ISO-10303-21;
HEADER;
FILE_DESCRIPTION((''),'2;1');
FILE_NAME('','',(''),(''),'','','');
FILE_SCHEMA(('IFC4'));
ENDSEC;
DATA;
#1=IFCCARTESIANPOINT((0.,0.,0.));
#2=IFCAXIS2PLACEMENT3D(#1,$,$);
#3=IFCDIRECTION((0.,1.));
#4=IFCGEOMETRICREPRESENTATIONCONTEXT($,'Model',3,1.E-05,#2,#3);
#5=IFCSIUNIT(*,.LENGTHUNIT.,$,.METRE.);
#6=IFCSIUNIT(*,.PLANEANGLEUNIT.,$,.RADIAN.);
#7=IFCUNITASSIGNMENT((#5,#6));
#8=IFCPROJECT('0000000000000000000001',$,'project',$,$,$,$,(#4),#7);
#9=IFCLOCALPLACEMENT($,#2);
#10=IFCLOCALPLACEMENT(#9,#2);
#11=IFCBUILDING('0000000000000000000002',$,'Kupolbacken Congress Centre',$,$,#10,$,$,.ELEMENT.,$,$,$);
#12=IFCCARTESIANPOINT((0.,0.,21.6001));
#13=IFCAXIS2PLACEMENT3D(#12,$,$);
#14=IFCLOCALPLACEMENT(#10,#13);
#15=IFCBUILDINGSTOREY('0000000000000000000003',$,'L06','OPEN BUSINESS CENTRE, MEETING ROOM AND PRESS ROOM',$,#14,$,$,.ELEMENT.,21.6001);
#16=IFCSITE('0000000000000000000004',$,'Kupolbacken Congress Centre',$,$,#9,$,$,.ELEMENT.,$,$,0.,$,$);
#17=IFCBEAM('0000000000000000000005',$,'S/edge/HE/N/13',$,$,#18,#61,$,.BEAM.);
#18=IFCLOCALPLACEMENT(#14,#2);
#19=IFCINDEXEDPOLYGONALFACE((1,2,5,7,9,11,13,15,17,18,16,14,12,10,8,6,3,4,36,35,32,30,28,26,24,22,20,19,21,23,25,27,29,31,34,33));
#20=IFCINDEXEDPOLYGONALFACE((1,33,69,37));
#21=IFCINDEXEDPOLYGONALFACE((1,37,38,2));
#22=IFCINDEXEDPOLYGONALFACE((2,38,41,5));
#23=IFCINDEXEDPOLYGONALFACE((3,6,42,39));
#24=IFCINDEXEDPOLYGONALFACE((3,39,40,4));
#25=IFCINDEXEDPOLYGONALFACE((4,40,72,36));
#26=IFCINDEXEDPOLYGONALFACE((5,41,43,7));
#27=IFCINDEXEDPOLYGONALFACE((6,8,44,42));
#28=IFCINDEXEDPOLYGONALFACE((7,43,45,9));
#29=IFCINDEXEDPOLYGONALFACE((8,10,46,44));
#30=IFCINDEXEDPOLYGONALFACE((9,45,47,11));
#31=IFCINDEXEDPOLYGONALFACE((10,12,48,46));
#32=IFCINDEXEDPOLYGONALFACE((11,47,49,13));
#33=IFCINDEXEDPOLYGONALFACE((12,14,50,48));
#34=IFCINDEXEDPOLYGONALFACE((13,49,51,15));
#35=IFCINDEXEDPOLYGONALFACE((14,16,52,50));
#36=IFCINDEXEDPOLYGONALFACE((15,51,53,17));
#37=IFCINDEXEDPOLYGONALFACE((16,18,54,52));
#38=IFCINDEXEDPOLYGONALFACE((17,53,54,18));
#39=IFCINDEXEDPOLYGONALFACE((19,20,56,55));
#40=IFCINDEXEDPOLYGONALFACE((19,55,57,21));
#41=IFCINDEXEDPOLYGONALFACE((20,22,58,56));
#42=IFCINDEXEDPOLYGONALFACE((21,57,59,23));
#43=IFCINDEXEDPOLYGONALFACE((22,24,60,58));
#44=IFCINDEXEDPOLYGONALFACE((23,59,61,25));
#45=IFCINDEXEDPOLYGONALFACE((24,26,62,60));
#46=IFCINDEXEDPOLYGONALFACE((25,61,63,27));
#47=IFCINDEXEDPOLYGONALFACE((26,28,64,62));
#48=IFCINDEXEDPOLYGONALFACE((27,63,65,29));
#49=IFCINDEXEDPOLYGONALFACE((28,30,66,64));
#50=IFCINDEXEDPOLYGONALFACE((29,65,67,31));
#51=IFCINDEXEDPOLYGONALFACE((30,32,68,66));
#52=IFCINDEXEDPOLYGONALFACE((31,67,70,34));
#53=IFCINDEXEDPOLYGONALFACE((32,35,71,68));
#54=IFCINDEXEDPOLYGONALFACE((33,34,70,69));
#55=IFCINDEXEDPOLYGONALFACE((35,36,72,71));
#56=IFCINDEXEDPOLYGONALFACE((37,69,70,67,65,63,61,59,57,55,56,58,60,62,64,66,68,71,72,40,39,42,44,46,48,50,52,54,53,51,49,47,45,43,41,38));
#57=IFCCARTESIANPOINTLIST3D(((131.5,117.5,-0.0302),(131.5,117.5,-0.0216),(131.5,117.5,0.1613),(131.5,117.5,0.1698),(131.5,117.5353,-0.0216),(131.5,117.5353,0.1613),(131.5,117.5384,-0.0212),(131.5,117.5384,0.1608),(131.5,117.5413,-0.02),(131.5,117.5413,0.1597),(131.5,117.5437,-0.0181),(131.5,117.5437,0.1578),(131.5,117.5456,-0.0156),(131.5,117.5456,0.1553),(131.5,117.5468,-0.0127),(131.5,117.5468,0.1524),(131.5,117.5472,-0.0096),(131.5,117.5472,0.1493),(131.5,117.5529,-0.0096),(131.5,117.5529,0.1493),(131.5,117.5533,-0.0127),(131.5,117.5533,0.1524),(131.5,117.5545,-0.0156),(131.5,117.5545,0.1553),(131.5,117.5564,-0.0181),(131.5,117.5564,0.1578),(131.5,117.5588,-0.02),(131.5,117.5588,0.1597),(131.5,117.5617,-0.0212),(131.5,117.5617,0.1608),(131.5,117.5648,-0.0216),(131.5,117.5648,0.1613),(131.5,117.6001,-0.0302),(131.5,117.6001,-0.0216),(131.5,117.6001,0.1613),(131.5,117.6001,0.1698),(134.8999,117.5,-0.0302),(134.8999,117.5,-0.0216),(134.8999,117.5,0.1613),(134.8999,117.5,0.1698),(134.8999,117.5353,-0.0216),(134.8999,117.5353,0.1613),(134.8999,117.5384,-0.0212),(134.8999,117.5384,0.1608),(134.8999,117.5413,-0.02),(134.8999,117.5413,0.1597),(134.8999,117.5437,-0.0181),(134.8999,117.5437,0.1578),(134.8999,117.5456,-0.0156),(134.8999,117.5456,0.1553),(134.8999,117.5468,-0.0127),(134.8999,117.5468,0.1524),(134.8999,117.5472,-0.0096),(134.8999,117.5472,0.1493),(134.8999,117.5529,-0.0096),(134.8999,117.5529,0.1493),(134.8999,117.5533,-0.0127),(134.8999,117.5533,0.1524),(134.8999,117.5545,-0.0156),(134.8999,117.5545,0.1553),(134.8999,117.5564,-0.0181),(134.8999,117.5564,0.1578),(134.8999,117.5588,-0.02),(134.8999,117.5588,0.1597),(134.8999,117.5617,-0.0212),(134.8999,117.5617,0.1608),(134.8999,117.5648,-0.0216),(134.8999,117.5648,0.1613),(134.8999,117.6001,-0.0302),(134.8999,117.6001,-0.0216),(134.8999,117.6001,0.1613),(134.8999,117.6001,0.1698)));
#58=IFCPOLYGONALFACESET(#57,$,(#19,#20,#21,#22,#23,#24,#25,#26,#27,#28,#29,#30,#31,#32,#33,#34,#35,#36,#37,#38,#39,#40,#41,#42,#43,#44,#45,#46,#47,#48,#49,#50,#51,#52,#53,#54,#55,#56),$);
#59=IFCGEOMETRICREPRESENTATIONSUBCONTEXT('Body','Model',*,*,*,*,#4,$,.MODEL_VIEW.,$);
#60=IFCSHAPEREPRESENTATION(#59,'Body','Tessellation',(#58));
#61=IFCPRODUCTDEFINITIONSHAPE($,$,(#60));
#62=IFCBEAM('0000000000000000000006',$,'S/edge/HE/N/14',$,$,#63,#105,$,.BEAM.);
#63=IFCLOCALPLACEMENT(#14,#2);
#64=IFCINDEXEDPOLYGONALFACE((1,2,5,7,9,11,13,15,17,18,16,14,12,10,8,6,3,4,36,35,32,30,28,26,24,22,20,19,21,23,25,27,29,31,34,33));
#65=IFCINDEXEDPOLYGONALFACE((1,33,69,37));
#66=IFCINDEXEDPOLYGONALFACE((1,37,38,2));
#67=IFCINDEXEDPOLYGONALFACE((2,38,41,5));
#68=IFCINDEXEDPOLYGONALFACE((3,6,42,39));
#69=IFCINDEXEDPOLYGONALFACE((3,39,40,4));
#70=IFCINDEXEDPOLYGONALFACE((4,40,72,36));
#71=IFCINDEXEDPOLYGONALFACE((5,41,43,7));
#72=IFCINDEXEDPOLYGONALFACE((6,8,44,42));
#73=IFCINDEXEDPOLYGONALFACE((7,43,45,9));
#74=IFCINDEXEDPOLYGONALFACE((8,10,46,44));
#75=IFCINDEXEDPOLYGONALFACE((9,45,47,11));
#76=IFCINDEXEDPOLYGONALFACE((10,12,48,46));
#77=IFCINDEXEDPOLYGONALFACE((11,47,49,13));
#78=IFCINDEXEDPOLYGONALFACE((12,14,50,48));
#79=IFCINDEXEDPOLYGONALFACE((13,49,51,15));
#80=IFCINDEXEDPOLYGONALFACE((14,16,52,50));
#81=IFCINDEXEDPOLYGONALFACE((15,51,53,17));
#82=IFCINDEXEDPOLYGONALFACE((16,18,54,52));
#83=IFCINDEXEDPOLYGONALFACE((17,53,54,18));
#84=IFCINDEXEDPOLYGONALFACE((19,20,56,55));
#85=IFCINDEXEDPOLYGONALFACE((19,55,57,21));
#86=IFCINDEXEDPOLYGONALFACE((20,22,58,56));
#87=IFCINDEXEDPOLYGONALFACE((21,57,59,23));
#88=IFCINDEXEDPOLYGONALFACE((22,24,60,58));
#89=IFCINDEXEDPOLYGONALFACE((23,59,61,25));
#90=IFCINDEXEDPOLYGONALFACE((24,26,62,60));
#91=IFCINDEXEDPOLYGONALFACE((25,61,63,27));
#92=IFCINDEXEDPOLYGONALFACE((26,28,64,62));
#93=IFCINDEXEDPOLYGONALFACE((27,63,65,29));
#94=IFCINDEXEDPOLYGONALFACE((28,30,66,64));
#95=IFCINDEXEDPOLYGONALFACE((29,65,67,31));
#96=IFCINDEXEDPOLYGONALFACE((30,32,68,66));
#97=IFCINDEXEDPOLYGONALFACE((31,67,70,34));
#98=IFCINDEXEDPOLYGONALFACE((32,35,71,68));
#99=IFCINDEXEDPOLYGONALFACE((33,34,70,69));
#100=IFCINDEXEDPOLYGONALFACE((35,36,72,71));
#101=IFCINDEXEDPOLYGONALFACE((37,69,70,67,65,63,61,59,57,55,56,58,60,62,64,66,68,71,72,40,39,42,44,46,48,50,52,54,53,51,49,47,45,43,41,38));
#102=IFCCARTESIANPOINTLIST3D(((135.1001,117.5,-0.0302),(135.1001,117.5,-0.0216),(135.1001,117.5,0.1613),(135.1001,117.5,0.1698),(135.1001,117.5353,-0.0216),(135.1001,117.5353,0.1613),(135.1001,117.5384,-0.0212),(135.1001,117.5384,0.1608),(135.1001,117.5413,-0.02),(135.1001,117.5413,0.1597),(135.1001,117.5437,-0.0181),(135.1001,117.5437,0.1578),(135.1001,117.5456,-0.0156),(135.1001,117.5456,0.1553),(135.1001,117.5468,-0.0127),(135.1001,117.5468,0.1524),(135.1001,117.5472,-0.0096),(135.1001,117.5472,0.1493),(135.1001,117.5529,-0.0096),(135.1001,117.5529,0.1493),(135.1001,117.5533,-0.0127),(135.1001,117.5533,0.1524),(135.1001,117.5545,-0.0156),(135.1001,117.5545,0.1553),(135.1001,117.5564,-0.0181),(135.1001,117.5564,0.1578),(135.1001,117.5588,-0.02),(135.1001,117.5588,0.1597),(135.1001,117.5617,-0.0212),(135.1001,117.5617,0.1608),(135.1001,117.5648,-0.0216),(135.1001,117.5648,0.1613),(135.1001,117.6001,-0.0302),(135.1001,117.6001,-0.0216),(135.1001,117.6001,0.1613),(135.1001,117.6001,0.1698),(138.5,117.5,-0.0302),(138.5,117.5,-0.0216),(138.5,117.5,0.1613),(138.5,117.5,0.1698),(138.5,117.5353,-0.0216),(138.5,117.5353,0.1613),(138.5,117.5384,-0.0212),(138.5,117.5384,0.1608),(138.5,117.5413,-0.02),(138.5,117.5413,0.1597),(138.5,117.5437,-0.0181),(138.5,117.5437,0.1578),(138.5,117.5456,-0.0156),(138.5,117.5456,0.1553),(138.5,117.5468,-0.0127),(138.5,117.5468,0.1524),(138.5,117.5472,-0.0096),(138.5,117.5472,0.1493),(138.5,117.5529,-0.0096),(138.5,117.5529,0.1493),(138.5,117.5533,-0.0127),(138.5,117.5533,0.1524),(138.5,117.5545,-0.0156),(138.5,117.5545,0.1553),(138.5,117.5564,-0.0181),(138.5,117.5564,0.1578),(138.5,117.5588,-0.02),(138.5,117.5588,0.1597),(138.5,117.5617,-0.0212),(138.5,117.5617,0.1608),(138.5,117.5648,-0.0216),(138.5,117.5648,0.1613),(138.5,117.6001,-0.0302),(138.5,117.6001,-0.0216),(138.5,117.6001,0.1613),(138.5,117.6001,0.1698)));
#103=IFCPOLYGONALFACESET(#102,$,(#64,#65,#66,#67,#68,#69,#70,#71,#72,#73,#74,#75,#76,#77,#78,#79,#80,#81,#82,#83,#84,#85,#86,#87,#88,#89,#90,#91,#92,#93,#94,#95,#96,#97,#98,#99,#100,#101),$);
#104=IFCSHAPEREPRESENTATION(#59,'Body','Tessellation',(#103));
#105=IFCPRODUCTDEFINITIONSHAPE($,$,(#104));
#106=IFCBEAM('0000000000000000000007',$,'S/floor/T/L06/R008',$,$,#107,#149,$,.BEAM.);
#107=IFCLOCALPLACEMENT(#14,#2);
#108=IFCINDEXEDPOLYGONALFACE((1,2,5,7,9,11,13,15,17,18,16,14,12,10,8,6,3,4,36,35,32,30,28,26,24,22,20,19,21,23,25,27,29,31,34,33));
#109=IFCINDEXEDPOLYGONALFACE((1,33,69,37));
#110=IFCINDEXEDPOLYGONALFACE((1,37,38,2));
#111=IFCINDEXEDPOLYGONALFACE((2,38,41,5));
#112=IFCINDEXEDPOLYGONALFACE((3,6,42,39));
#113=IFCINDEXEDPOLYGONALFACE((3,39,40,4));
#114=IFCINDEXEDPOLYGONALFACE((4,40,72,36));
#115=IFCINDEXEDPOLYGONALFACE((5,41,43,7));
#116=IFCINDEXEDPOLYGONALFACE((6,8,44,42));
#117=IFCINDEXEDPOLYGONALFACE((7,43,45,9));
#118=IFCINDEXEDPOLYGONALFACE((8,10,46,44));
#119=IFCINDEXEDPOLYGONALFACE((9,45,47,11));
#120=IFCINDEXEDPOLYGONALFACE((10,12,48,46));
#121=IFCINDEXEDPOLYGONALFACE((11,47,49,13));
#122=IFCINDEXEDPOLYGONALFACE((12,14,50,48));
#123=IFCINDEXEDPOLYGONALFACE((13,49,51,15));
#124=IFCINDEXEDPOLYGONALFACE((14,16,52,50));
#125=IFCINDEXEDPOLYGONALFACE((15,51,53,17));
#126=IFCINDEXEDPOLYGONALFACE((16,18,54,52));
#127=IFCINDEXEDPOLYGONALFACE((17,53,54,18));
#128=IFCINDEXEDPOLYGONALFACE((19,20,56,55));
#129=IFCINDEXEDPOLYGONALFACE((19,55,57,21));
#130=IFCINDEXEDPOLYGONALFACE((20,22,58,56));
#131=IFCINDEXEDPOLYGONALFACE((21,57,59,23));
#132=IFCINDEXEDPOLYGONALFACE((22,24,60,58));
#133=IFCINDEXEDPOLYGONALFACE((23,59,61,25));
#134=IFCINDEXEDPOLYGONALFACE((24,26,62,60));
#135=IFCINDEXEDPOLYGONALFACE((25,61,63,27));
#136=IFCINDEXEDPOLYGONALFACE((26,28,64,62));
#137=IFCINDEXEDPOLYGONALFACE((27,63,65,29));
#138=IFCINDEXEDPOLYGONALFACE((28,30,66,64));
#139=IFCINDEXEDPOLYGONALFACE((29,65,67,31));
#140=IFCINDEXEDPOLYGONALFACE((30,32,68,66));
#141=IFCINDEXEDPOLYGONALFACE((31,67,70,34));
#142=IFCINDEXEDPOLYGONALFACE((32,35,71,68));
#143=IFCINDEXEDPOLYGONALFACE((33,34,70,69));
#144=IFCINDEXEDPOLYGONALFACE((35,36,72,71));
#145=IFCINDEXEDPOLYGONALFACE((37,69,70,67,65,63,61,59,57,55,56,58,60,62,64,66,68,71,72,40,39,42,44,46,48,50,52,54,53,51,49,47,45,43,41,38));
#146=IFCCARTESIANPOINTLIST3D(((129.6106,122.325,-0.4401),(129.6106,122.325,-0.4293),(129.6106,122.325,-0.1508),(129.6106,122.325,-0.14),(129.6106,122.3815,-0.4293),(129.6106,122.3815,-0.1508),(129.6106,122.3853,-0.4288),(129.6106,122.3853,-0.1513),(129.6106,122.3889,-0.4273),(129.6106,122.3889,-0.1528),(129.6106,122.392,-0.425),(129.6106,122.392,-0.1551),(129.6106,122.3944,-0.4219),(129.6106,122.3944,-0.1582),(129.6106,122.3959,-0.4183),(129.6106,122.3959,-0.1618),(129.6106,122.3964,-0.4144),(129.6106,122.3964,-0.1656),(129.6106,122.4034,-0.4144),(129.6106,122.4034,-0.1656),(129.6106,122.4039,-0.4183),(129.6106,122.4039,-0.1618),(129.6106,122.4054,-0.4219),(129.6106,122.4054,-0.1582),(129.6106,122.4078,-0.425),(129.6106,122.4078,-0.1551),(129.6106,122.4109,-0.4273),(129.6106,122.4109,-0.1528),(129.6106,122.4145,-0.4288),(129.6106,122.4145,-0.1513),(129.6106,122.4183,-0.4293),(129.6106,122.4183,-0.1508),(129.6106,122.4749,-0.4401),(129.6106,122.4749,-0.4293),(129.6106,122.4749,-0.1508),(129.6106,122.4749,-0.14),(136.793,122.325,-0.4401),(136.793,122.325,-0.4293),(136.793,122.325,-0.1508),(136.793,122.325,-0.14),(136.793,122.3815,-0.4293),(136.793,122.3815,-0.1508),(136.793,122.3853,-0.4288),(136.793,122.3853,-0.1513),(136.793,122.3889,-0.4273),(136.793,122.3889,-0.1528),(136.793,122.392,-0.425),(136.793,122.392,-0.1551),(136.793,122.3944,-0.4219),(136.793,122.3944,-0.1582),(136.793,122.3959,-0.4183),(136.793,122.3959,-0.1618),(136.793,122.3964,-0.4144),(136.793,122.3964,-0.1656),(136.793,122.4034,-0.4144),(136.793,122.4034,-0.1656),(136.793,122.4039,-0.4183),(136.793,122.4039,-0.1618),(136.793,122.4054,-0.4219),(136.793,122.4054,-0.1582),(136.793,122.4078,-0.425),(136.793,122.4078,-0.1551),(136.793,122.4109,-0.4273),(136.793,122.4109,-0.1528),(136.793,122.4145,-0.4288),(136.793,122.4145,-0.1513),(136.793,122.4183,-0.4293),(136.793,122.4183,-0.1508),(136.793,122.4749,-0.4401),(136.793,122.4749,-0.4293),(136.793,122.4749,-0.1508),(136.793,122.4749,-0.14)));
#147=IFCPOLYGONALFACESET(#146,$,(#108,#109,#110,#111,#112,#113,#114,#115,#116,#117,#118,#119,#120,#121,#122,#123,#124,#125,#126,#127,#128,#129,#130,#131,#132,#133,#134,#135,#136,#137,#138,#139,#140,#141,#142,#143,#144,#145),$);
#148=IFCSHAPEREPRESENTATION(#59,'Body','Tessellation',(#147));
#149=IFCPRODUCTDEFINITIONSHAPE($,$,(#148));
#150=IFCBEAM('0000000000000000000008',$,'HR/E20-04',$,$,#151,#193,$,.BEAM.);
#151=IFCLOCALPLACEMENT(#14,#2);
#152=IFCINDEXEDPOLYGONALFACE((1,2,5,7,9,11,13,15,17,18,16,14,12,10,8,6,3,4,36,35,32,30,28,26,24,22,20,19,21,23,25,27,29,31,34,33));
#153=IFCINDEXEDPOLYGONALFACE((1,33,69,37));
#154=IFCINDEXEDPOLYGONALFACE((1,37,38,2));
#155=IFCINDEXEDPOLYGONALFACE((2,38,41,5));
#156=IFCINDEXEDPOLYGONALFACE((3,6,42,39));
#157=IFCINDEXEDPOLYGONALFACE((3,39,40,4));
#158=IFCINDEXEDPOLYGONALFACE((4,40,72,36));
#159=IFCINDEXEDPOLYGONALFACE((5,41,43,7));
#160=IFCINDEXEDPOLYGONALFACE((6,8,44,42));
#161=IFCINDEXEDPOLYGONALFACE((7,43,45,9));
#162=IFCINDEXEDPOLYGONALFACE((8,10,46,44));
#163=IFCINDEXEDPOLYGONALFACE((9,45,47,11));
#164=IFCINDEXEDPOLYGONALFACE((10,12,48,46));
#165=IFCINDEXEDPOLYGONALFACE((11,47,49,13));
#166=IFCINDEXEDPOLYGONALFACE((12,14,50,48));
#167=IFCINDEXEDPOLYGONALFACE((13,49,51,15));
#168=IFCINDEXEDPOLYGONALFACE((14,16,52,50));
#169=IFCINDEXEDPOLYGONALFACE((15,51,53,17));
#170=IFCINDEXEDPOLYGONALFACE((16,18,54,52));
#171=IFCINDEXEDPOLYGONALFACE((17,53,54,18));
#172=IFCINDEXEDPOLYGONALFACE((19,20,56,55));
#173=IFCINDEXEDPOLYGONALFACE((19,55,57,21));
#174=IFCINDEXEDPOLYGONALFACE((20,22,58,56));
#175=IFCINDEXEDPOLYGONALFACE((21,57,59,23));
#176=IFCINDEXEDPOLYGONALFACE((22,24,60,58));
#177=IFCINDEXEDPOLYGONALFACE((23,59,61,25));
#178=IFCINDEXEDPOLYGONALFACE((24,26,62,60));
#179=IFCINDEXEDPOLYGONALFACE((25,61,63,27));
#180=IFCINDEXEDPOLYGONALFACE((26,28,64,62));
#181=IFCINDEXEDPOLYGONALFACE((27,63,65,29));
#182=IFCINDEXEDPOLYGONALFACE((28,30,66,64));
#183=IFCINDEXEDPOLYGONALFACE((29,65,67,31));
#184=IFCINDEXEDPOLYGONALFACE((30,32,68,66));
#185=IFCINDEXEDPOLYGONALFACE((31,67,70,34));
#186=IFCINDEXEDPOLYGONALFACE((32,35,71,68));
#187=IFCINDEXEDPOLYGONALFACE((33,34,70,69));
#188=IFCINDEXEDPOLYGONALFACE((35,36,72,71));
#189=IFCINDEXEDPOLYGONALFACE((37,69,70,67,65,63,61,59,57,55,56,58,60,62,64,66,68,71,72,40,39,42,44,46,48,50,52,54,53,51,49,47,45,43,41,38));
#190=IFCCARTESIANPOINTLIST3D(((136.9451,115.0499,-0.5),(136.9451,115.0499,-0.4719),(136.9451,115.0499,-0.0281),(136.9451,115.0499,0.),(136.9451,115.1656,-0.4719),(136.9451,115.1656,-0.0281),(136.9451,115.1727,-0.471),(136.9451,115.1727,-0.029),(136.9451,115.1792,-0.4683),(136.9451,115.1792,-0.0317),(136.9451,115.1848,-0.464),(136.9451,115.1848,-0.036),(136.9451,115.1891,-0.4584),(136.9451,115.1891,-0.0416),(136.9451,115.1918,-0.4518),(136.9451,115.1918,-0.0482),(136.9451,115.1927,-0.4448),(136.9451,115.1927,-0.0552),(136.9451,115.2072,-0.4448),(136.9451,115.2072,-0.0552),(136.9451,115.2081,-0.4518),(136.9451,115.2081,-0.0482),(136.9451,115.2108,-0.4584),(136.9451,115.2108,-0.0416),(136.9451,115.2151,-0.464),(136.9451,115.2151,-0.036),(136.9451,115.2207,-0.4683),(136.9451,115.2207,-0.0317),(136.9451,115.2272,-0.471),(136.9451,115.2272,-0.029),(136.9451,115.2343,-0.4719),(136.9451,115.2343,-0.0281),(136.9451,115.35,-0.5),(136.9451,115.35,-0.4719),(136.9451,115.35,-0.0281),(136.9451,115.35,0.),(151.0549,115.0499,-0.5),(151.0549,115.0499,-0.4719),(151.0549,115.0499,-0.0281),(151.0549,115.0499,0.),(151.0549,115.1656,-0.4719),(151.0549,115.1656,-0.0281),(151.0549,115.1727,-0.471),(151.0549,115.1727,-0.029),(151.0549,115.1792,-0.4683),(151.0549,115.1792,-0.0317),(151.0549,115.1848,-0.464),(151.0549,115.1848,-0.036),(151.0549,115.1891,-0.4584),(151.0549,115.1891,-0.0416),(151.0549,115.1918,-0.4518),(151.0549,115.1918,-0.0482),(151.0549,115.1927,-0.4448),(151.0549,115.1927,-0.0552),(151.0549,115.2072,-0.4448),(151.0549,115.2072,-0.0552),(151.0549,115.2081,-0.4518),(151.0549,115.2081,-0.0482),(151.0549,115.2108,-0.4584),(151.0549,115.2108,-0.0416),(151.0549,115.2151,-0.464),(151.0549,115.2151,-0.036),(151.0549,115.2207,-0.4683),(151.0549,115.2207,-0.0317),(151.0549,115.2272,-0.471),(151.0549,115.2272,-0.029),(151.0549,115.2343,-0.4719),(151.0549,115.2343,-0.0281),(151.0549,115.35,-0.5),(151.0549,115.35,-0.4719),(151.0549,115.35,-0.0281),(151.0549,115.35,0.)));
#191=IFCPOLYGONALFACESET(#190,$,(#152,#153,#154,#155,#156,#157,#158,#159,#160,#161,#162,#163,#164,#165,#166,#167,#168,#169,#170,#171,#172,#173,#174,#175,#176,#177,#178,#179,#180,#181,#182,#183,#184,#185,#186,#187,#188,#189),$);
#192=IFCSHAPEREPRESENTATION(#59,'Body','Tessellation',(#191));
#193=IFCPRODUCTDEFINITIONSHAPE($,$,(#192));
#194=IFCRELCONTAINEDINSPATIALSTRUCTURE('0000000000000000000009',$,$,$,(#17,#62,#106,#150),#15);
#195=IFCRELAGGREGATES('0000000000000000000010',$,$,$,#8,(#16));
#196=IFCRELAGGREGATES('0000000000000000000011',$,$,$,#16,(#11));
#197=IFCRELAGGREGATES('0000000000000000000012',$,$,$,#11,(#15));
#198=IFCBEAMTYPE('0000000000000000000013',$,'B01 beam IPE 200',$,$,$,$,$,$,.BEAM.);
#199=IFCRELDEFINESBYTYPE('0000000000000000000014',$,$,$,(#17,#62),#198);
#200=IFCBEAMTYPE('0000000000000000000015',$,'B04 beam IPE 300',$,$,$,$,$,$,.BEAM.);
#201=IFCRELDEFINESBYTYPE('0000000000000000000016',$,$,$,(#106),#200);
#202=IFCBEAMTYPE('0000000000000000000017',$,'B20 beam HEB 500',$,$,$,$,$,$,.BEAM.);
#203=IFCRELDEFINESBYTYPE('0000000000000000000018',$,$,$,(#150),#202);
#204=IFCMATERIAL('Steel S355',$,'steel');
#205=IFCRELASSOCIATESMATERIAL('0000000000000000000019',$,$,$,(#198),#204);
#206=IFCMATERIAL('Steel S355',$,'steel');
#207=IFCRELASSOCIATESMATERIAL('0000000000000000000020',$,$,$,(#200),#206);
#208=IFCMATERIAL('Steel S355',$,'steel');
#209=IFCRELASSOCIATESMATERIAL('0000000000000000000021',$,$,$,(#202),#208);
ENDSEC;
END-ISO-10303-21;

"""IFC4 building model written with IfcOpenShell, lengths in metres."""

from ifc_helpers import new_model, si_unit, direction, frame, origin, origin_2d, place, context, subcontext, project, spatial, i_section, extrude, material, material_profile, profile_set, type_object, element, save


model = new_model("IFC4")

# Units and contexts
model_context = context("Model", 3, precision=1e-05, world=origin(), true_north=direction((0.0, 1.0)))
body_context = subcontext(model_context, "Body", "Model", "MODEL_VIEW")
ifc_project = project(units=[si_unit("LENGTHUNIT", "METRE"), si_unit("PLANEANGLEUNIT", "RADIAN")], contexts=[model_context])

# Site, building, storey
site_placement = place(None, origin())
site = spatial("IfcSite", under=ifc_project, at=site_placement, Name="Kupolbacken Congress Centre", CompositionType="ELEMENT", RefElevation=0.0)
building_placement = place(site_placement, origin())
building = spatial("IfcBuilding", under=site, at=building_placement, Name="Kupolbacken Congress Centre", CompositionType="ELEMENT")
storey_placement = place(building_placement, frame((0.0, 0.0, 21.6001)))
storey = spatial("IfcBuildingStorey", under=building, at=storey_placement, Name="L06", Description="OPEN BUSINESS CENTRE, MEETING ROOM AND PRESS ROOM", CompositionType="ELEMENT", Elevation=21.6001)

# Beams
ifc_material_1 = material(Name="Steel S355", Category="steel")
ifc_material_profile_1 = material_profile(ifc_material_1, i_section(OverallWidth=0.1001, OverallDepth=0.2, WebThickness=0.0056, FlangeThickness=0.0085, FilletRadius=0.012, at=origin_2d()), Name="IPE 200")
ifc_profile_set_1 = profile_set([ifc_material_profile_1], Name="Steel S355")
beam_type_1 = type_object("IfcBeamType", Name="B01 beam IPE 200", PredefinedType="BEAM", material=ifc_profile_set_1)
for number, where, z_axis, x_axis, name in (
    (1, (131.5, 117.55, 0.0698), (1.0, 0.0, 0.0), (0.0, 1.0, 0.0), "S/edge/HE/N/13"),
    (2, (135.1001, 117.55, 0.0698), (1.0, 0.0, 0.0), (0.0, 1.0, 0.0), "S/edge/HE/N/14"),
):
    element("IfcBeam", number, at=place(storey_placement, frame(where, z_axis=z_axis, x_axis=x_axis)), inside=storey, type_object=beam_type_1, Name=name, PredefinedType="BEAM", context=body_context, shape_type="SweptSolid", body=[
        extrude(i_section(OverallWidth=0.1001, OverallDepth=0.2, WebThickness=0.0056, FlangeThickness=0.0085, FilletRadius=0.012, at=origin_2d()), origin(), (0.0, 0.0, 1.0), 3.3999),
    ])
ifc_material_2 = material(Name="Steel S355", Category="steel")
ifc_material_profile_2 = material_profile(ifc_material_2, i_section(OverallWidth=0.1499, OverallDepth=0.3, WebThickness=0.0071, FlangeThickness=0.0107, FilletRadius=0.0149, at=origin_2d()), Name="IPE 300")
ifc_profile_set_2 = profile_set([ifc_material_profile_2], Name="Steel S355")
beam_type_2 = type_object("IfcBeamType", Name="B04 beam IPE 300", PredefinedType="BEAM", material=ifc_profile_set_2)
beam_1_placement = place(storey_placement, frame((129.6106, 122.3999, -0.29), z_axis=(1.0, 0.0, 0.0), x_axis=(0.0, 1.0, 0.0)))
element("IfcBeam", 3, at=beam_1_placement, inside=storey, type_object=beam_type_2, Name="S/floor/T/L06/R008", PredefinedType="BEAM", context=body_context, shape_type="SweptSolid", body=[
    extrude(i_section(OverallWidth=0.1499, OverallDepth=0.3, WebThickness=0.0071, FlangeThickness=0.0107, FilletRadius=0.0149, at=origin_2d()), origin(), (0.0, 0.0, 1.0), 7.1824),
])
ifc_material_3 = material(Name="Steel S355", Category="steel")
ifc_material_profile_3 = material_profile(ifc_material_3, i_section(OverallWidth=0.3, OverallDepth=0.5, WebThickness=0.0144, FlangeThickness=0.0281, FilletRadius=0.0271, at=origin_2d()), Name="HEB 500")
ifc_profile_set_3 = profile_set([ifc_material_profile_3], Name="Steel S355")
beam_type_3 = type_object("IfcBeamType", Name="B20 beam HEB 500", PredefinedType="BEAM", material=ifc_profile_set_3)
beam_2_placement = place(storey_placement, frame((136.9451, 115.2, -0.25), z_axis=(1.0, 0.0, 0.0), x_axis=(0.0, 1.0, 0.0)))
element("IfcBeam", 4, at=beam_2_placement, inside=storey, type_object=beam_type_3, Name="HR/E20-04", PredefinedType="BEAM", context=body_context, shape_type="SweptSolid", body=[
    extrude(i_section(OverallWidth=0.3, OverallDepth=0.5, WebThickness=0.0144, FlangeThickness=0.0281, FilletRadius=0.0271, at=origin_2d()), origin(), (0.0, 0.0, 1.0), 14.1099),
])

save(model, "model.ifc")
